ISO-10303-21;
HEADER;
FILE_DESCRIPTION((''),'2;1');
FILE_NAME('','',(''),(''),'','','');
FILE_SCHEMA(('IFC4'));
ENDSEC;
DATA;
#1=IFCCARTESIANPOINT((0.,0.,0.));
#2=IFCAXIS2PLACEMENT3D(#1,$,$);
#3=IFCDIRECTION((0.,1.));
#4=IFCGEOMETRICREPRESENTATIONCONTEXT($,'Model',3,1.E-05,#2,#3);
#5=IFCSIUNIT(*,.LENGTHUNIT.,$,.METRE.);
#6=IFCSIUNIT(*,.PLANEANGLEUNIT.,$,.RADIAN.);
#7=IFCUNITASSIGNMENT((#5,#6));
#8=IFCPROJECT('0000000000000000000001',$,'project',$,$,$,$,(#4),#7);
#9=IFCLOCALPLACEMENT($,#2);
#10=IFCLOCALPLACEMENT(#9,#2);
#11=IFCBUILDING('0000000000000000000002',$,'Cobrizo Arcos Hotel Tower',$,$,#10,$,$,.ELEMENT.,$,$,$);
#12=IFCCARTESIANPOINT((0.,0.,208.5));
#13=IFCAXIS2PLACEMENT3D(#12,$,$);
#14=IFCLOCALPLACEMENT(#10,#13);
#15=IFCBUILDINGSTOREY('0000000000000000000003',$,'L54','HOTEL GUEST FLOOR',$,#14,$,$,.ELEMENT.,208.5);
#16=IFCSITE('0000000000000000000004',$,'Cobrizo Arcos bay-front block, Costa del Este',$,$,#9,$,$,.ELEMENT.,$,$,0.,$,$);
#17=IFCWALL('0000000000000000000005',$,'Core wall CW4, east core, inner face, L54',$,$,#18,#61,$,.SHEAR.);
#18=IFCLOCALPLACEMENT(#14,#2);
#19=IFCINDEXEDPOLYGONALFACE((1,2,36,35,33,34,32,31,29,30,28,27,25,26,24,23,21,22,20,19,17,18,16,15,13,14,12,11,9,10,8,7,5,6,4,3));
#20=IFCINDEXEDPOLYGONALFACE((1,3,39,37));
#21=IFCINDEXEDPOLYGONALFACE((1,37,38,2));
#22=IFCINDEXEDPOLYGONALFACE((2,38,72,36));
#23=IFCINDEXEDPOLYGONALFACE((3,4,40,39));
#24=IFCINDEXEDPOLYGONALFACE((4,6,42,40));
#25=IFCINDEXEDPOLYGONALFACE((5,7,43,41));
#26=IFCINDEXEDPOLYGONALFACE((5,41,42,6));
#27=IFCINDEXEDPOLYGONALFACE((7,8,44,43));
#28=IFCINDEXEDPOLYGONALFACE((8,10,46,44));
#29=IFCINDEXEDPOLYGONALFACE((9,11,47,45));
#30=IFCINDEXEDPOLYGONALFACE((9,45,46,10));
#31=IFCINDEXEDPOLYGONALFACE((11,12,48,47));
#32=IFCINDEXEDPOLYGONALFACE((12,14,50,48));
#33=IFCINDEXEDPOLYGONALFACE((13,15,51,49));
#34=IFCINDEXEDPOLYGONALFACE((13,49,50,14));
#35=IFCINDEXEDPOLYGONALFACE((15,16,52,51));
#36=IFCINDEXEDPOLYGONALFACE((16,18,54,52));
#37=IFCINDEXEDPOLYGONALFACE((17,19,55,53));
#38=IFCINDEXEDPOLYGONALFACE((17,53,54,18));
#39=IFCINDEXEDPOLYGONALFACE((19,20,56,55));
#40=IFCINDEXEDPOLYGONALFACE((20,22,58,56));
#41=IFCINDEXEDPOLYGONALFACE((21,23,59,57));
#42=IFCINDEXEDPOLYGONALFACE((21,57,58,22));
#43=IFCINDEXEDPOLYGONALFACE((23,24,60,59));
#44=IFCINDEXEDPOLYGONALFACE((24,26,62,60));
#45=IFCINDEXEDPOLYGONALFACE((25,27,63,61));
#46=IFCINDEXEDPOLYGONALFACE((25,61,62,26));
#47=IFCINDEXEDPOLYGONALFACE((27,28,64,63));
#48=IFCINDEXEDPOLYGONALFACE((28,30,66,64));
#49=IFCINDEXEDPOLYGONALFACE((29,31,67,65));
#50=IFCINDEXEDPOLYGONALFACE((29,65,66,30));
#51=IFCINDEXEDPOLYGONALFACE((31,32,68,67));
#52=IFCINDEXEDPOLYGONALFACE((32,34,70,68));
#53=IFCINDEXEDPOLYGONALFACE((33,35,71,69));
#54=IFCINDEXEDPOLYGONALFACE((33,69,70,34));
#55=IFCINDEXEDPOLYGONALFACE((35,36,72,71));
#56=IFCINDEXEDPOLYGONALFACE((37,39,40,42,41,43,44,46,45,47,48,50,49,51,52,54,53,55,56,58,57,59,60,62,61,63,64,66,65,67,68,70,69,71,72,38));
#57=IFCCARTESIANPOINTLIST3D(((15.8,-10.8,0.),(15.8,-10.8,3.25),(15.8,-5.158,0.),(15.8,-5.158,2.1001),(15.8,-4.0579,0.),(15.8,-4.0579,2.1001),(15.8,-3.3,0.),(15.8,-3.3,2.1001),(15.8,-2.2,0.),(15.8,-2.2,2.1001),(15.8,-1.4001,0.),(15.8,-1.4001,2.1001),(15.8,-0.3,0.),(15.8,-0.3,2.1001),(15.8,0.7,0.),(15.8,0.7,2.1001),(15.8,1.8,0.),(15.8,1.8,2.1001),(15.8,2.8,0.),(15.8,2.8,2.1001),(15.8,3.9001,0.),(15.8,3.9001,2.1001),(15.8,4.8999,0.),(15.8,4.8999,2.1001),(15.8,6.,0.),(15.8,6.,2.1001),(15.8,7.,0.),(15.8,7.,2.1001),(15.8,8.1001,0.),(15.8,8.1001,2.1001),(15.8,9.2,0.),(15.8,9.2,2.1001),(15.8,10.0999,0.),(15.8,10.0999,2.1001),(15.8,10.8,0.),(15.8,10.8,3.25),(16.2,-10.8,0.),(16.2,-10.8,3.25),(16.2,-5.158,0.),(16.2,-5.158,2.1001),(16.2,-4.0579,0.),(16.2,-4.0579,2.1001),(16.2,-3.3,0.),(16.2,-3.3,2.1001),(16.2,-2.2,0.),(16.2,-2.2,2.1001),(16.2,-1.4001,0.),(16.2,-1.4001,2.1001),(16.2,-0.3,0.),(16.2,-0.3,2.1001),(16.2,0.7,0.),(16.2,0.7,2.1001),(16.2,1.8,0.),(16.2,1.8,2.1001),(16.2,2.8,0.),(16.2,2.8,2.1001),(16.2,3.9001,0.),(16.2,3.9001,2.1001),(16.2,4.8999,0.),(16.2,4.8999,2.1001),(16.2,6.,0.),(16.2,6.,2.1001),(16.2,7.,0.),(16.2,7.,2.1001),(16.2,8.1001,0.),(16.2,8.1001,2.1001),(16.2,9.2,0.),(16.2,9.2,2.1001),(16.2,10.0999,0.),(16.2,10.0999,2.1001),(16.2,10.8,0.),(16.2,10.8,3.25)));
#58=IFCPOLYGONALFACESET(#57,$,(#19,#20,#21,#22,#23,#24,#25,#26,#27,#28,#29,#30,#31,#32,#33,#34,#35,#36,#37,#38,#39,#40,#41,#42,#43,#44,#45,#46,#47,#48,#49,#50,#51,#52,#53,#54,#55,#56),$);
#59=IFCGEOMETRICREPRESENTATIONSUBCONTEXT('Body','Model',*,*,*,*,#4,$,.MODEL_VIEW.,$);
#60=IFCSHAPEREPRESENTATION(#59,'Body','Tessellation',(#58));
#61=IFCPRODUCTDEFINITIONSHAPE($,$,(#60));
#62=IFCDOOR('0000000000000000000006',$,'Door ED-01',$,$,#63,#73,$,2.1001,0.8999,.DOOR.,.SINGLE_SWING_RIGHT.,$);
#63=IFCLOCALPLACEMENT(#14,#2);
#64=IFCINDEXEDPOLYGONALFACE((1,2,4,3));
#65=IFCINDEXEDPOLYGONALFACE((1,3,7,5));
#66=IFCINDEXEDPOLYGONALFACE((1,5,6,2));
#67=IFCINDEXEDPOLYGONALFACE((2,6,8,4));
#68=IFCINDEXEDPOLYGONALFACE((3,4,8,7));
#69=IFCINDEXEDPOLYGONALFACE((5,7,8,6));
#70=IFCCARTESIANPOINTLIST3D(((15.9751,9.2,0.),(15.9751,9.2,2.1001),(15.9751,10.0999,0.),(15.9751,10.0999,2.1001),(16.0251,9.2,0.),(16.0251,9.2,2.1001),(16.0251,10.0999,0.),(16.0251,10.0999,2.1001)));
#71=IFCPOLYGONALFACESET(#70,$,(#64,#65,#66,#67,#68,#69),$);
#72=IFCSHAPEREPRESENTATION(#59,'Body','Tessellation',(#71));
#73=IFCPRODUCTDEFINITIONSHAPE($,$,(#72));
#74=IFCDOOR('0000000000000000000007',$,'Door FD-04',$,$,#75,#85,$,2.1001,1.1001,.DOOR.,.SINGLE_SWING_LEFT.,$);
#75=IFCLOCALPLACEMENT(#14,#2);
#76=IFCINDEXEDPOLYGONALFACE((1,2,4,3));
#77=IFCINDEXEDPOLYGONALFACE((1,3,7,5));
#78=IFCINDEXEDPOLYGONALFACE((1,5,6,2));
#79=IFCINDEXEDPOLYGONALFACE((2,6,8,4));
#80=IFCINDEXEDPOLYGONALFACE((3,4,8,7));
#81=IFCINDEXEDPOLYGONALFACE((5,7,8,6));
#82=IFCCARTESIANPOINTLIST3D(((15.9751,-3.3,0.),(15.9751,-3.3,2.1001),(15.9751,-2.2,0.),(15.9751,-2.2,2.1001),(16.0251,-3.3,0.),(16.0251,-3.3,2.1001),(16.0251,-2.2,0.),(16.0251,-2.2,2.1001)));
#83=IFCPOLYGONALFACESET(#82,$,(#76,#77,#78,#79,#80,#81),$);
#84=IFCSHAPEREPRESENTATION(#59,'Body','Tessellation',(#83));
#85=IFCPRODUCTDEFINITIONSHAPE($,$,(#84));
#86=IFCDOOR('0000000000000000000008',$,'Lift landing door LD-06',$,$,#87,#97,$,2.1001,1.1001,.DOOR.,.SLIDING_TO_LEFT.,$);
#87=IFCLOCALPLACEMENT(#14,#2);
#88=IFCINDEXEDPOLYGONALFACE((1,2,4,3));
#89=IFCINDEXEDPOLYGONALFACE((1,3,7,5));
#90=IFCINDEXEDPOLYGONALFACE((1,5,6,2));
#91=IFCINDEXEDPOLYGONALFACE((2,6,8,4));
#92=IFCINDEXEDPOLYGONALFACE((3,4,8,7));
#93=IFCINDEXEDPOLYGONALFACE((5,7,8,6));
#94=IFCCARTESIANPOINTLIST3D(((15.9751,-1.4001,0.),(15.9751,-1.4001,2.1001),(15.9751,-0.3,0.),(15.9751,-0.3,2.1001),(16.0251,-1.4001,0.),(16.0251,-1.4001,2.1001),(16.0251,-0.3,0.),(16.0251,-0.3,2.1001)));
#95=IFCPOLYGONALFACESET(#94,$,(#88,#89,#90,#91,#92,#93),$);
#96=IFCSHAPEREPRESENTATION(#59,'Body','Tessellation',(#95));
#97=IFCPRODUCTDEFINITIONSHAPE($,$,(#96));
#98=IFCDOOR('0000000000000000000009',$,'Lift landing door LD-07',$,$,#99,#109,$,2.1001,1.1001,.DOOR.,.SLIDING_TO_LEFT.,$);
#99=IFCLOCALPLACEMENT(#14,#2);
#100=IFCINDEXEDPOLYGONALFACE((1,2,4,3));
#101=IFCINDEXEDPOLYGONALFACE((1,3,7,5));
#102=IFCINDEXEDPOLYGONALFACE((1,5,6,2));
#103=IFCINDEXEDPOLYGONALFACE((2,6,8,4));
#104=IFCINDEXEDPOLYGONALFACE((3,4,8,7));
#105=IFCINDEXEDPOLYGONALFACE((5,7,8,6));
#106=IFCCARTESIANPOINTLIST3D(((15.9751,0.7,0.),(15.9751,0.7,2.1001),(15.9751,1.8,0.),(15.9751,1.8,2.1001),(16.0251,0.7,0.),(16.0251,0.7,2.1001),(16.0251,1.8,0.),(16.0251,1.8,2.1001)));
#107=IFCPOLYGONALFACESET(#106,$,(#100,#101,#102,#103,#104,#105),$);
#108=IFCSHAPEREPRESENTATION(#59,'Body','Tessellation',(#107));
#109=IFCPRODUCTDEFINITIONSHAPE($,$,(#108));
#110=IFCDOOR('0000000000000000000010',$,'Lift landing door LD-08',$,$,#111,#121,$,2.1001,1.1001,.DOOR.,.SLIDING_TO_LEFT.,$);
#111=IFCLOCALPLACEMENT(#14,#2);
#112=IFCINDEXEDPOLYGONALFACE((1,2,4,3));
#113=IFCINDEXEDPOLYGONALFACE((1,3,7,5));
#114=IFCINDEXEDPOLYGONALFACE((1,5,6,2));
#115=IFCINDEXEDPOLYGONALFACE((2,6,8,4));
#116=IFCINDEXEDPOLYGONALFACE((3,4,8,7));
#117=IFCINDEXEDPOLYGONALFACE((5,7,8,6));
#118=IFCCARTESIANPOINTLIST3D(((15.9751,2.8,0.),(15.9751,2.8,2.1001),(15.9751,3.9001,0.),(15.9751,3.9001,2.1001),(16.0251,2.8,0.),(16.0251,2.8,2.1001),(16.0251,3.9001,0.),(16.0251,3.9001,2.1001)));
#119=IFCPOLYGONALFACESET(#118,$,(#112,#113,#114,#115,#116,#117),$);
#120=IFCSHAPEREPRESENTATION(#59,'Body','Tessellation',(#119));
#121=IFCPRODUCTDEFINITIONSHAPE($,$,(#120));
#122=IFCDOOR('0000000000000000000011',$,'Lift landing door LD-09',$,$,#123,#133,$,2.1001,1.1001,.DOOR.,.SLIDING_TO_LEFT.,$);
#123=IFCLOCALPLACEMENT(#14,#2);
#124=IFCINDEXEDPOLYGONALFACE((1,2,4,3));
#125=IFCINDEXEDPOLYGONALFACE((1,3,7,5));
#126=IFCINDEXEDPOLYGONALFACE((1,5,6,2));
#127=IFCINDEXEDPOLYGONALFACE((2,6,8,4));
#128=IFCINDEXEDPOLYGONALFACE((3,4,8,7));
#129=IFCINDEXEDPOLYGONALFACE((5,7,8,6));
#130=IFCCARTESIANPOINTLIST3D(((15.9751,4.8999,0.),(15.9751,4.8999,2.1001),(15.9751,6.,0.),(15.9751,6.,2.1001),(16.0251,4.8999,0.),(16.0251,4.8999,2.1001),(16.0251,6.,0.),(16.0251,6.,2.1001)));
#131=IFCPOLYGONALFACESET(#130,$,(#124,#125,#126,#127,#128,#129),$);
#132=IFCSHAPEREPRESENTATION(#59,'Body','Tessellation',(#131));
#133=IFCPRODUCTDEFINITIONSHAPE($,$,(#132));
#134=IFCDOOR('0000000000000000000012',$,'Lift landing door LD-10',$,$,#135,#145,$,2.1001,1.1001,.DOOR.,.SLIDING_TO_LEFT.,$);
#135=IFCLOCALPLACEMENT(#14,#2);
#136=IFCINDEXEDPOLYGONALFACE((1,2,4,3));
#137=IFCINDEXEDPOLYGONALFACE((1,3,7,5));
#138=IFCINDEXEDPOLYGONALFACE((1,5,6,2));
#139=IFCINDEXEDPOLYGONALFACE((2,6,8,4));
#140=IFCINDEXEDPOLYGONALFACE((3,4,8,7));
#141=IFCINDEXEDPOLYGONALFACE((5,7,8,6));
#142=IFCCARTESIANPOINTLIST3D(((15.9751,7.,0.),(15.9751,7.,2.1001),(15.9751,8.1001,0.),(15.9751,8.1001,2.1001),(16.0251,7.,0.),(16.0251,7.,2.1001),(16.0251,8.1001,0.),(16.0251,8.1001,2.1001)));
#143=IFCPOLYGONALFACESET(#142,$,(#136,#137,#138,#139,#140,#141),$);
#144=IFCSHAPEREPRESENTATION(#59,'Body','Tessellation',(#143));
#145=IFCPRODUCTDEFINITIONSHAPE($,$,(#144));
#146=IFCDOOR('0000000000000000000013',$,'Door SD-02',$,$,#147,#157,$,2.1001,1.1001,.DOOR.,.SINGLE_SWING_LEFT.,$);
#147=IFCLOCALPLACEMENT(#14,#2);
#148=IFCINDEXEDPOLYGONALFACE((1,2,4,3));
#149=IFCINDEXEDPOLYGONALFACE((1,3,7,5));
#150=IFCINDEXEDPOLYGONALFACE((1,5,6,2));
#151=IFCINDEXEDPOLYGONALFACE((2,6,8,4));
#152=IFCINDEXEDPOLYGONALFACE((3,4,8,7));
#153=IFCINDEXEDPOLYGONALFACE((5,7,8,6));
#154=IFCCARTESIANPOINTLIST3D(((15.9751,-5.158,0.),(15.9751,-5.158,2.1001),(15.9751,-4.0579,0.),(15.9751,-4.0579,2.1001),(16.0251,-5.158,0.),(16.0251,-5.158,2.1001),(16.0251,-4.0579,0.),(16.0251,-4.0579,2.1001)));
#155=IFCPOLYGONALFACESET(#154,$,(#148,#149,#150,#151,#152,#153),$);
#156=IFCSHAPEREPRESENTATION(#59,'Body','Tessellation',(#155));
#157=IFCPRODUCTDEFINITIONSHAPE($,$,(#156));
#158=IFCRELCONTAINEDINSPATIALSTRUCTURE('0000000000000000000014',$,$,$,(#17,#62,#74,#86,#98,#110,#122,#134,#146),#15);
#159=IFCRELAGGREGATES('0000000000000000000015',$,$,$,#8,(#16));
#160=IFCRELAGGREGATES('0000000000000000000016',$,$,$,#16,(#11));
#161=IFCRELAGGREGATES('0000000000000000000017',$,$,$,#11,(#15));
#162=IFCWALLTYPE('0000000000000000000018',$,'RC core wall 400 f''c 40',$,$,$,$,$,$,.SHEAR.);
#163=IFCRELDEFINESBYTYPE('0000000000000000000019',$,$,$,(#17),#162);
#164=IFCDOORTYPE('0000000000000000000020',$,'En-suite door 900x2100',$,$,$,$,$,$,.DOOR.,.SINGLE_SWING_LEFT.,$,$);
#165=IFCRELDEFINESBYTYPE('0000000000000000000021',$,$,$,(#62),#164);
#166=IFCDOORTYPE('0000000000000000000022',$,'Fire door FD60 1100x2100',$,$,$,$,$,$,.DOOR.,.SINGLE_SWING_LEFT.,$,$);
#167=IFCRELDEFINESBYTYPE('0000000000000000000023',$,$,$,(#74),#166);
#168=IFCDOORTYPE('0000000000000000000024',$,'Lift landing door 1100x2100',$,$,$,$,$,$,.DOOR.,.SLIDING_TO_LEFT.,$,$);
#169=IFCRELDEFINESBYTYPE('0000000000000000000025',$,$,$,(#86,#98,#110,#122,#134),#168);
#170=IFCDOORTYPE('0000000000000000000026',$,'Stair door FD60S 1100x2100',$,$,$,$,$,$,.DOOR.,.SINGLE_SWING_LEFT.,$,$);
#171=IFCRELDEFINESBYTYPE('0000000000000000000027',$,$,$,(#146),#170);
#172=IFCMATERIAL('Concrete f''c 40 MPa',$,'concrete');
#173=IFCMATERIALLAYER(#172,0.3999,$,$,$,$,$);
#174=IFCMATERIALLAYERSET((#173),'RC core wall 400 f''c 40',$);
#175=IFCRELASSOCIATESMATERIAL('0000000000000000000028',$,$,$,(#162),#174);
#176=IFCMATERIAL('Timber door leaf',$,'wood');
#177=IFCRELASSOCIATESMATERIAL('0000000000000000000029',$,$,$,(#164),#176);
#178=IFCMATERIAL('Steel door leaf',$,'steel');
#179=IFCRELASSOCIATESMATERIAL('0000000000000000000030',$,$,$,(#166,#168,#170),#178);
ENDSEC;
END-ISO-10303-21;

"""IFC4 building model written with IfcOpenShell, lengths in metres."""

from ifc_helpers import new_model, si_unit, direction, frame, frame_2d, origin, place, context, subcontext, project, spatial, rectangle, extrude, material, layer, layer_set, type_object, element, fill, save


model = new_model("IFC4")

# Units and contexts
model_context = context("Model", 3, precision=1e-05, world=origin(), true_north=direction((0.0, 1.0)))
body_context = subcontext(model_context, "Body", "Model", "MODEL_VIEW")
ifc_project = project(units=[si_unit("LENGTHUNIT", "METRE"), si_unit("PLANEANGLEUNIT", "RADIAN")], contexts=[model_context])

# Site, building, storey
site_placement = place(None, origin())
site = spatial("IfcSite", under=ifc_project, at=site_placement, Name="Cobrizo Arcos bay-front block, Costa del Este", CompositionType="ELEMENT", RefElevation=0.0)
building_placement = place(site_placement, origin())
building = spatial("IfcBuilding", under=site, at=building_placement, Name="Cobrizo Arcos Hotel Tower", CompositionType="ELEMENT")
storey_placement = place(building_placement, frame((0.0, 0.0, 208.5)))
storey = spatial("IfcBuildingStorey", under=building, at=storey_placement, Name="L54", Description="HOTEL GUEST FLOOR", CompositionType="ELEMENT", Elevation=208.5)

# Wall, openings, doors
ifc_material_1 = material(Name="Concrete f'c 40 MPa", Category="concrete")
ifc_layer_1 = layer(ifc_material_1, 0.3999)
ifc_layer_set_1 = layer_set([ifc_layer_1], Name="RC core wall 400 f'c 40")
wall_type_1 = type_object("IfcWallType", Name="RC core wall 400 f'c 40", PredefinedType="SHEAR", material=ifc_layer_set_1)
wall_1_placement = place(storey_placement, frame((16.0, -10.8, 0.0), z_axis=(0.0, 0.0, 1.0), x_axis=(0.0, 1.0, 0.0)))
wall_1 = element("IfcWall", 1, at=wall_1_placement, inside=storey, type_object=wall_type_1, Name="Core wall CW4, east core, inner face, L54", PredefinedType="SHEAR", context=body_context, shape_type="SweptSolid", body=[
    extrude(rectangle(XDim=21.6001, YDim=0.3999, at=frame_2d((10.8, 0.0))), origin(), (0.0, 0.0, 1.0), 3.25),
])
opening_1_placement = place(wall_1_placement, frame((9.3999, 0.0, 0.0)))
opening_1 = element("IfcOpeningElement", 2, at=opening_1_placement, cuts=wall_1, PredefinedType="OPENING", context=body_context, shape_type="SweptSolid", body=[
    extrude(rectangle(XDim=1.1001, YDim=2.1001, at=frame_2d((0.55, 1.05))), frame((0.0, 0.2119, 0.0), z_axis=(0.0, -1.0, 0.0), x_axis=(1.0, 0.0, 0.0)), (0.0, 0.0, 1.0), 0.4238),
])
opening_2_placement = place(wall_1_placement, frame((11.5, 0.0, 0.0)))
opening_2 = element("IfcOpeningElement", 3, at=opening_2_placement, cuts=wall_1, PredefinedType="OPENING", context=body_context, shape_type="SweptSolid", body=[
    extrude(rectangle(XDim=1.1001, YDim=2.1001, at=frame_2d((0.55, 1.05))), frame((0.0, 0.2119, 0.0), z_axis=(0.0, -1.0, 0.0), x_axis=(1.0, 0.0, 0.0)), (0.0, 0.0, 1.0), 0.4238),
])
opening_3_placement = place(wall_1_placement, frame((13.6001, 0.0, 0.0)))
opening_3 = element("IfcOpeningElement", 4, at=opening_3_placement, cuts=wall_1, PredefinedType="OPENING", context=body_context, shape_type="SweptSolid", body=[
    extrude(rectangle(XDim=1.1001, YDim=2.1001, at=frame_2d((0.55, 1.05))), frame((0.0, 0.2119, 0.0), z_axis=(0.0, -1.0, 0.0), x_axis=(1.0, 0.0, 0.0)), (0.0, 0.0, 1.0), 0.4238),
])
opening_4_placement = place(wall_1_placement, frame((15.7, 0.0, 0.0)))
opening_4 = element("IfcOpeningElement", 5, at=opening_4_placement, cuts=wall_1, PredefinedType="OPENING", context=body_context, shape_type="SweptSolid", body=[
    extrude(rectangle(XDim=1.1001, YDim=2.1001, at=frame_2d((0.55, 1.05))), frame((0.0, 0.2119, 0.0), z_axis=(0.0, -1.0, 0.0), x_axis=(1.0, 0.0, 0.0)), (0.0, 0.0, 1.0), 0.4238),
])
opening_5_placement = place(wall_1_placement, frame((17.8, 0.0, 0.0)))
opening_5 = element("IfcOpeningElement", 6, at=opening_5_placement, cuts=wall_1, PredefinedType="OPENING", context=body_context, shape_type="SweptSolid", body=[
    extrude(rectangle(XDim=1.1001, YDim=2.1001, at=frame_2d((0.55, 1.05))), frame((0.0, 0.2119, 0.0), z_axis=(0.0, -1.0, 0.0), x_axis=(1.0, 0.0, 0.0)), (0.0, 0.0, 1.0), 0.4238),
])
opening_6_placement = place(wall_1_placement, frame((5.6421, 0.0, 0.0)))
opening_6 = element("IfcOpeningElement", 7, at=opening_6_placement, cuts=wall_1, PredefinedType="OPENING", context=body_context, shape_type="SweptSolid", body=[
    extrude(rectangle(XDim=1.1001, YDim=2.1001, at=frame_2d((0.55, 1.05))), frame((0.0, 0.2119, 0.0), z_axis=(0.0, -1.0, 0.0), x_axis=(1.0, 0.0, 0.0)), (0.0, 0.0, 1.0), 0.4238),
])
opening_7_placement = place(wall_1_placement, frame((7.5, 0.0, 0.0)))
opening_7 = element("IfcOpeningElement", 8, at=opening_7_placement, cuts=wall_1, PredefinedType="OPENING", context=body_context, shape_type="SweptSolid", body=[
    extrude(rectangle(XDim=1.1001, YDim=2.1001, at=frame_2d((0.55, 1.05))), frame((0.0, 0.2119, 0.0), z_axis=(0.0, -1.0, 0.0), x_axis=(1.0, 0.0, 0.0)), (0.0, 0.0, 1.0), 0.4238),
])
opening_8_placement = place(wall_1_placement, frame((20.0, 0.0, 0.0)))
opening_8 = element("IfcOpeningElement", 9, at=opening_8_placement, cuts=wall_1, PredefinedType="OPENING", context=body_context, shape_type="SweptSolid", body=[
    extrude(rectangle(XDim=0.8999, YDim=2.1001, at=frame_2d((0.45, 1.05))), frame((0.0, 0.2119, 0.0), z_axis=(0.0, -1.0, 0.0), x_axis=(1.0, 0.0, 0.0)), (0.0, 0.0, 1.0), 0.4238),
])
ifc_material_2 = material(Name="Timber door leaf", Category="wood")
door_type_1 = type_object("IfcDoorType", Name="En-suite door 900x2100", OperationType="SINGLE_SWING_LEFT", PredefinedType="DOOR", material=ifc_material_2)
door_1_placement = place(opening_8_placement, origin())
door_1 = element("IfcDoor", 10, at=door_1_placement, inside=storey, type_object=door_type_1, Name="Door ED-01", OperationType="SINGLE_SWING_RIGHT", OverallHeight=2.1001, OverallWidth=0.8999, PredefinedType="DOOR", context=body_context, shape_type="SweptSolid", body=[
    extrude(rectangle(XDim=0.8999, YDim=2.1001, at=frame_2d((0.45, 1.05))), frame((0.0, 0.0249, 0.0), z_axis=(0.0, -1.0, 0.0), x_axis=(1.0, 0.0, 0.0)), (0.0, 0.0, 1.0), 0.05),
])
fill(opening_8, door_1)
ifc_material_3 = material(Name="Steel door leaf", Category="steel")
door_type_2 = type_object("IfcDoorType", Name="Fire door FD60 1100x2100", OperationType="SINGLE_SWING_LEFT", PredefinedType="DOOR", material=ifc_material_3)
door_2_placement = place(opening_7_placement, origin())
door_2 = element("IfcDoor", 11, at=door_2_placement, inside=storey, type_object=door_type_2, Name="Door FD-04", OperationType="SINGLE_SWING_LEFT", OverallHeight=2.1001, OverallWidth=1.1001, PredefinedType="DOOR", context=body_context, shape_type="SweptSolid", body=[
    extrude(rectangle(XDim=1.1001, YDim=2.1001, at=frame_2d((0.55, 1.05))), frame((0.0, 0.0249, 0.0), z_axis=(0.0, -1.0, 0.0), x_axis=(1.0, 0.0, 0.0)), (0.0, 0.0, 1.0), 0.05),
])
fill(opening_7, door_2)
door_type_3 = type_object("IfcDoorType", Name="Lift landing door 1100x2100", OperationType="SLIDING_TO_LEFT", PredefinedType="DOOR", material=ifc_material_3)
door_3_placement = place(opening_1_placement, origin())
door_3 = element("IfcDoor", 12, at=door_3_placement, inside=storey, type_object=door_type_3, Name="Lift landing door LD-06", OperationType="SLIDING_TO_LEFT", OverallHeight=2.1001, OverallWidth=1.1001, PredefinedType="DOOR", context=body_context, shape_type="SweptSolid", body=[
    extrude(rectangle(XDim=1.1001, YDim=2.1001, at=frame_2d((0.55, 1.05))), frame((0.0, 0.0249, 0.0), z_axis=(0.0, -1.0, 0.0), x_axis=(1.0, 0.0, 0.0)), (0.0, 0.0, 1.0), 0.05),
])
fill(opening_1, door_3)
door_4_placement = place(opening_2_placement, origin())
door_4 = element("IfcDoor", 13, at=door_4_placement, inside=storey, type_object=door_type_3, Name="Lift landing door LD-07", OperationType="SLIDING_TO_LEFT", OverallHeight=2.1001, OverallWidth=1.1001, PredefinedType="DOOR", context=body_context, shape_type="SweptSolid", body=[
    extrude(rectangle(XDim=1.1001, YDim=2.1001, at=frame_2d((0.55, 1.05))), frame((0.0, 0.0249, 0.0), z_axis=(0.0, -1.0, 0.0), x_axis=(1.0, 0.0, 0.0)), (0.0, 0.0, 1.0), 0.05),
])
fill(opening_2, door_4)
door_5_placement = place(opening_3_placement, origin())
door_5 = element("IfcDoor", 14, at=door_5_placement, inside=storey, type_object=door_type_3, Name="Lift landing door LD-08", OperationType="SLIDING_TO_LEFT", OverallHeight=2.1001, OverallWidth=1.1001, PredefinedType="DOOR", context=body_context, shape_type="SweptSolid", body=[
    extrude(rectangle(XDim=1.1001, YDim=2.1001, at=frame_2d((0.55, 1.05))), frame((0.0, 0.0249, 0.0), z_axis=(0.0, -1.0, 0.0), x_axis=(1.0, 0.0, 0.0)), (0.0, 0.0, 1.0), 0.05),
])
fill(opening_3, door_5)
door_6_placement = place(opening_4_placement, origin())
door_6 = element("IfcDoor", 15, at=door_6_placement, inside=storey, type_object=door_type_3, Name="Lift landing door LD-09", OperationType="SLIDING_TO_LEFT", OverallHeight=2.1001, OverallWidth=1.1001, PredefinedType="DOOR", context=body_context, shape_type="SweptSolid", body=[
    extrude(rectangle(XDim=1.1001, YDim=2.1001, at=frame_2d((0.55, 1.05))), frame((0.0, 0.0249, 0.0), z_axis=(0.0, -1.0, 0.0), x_axis=(1.0, 0.0, 0.0)), (0.0, 0.0, 1.0), 0.05),
])
fill(opening_4, door_6)
door_7_placement = place(opening_5_placement, origin())
door_7 = element("IfcDoor", 16, at=door_7_placement, inside=storey, type_object=door_type_3, Name="Lift landing door LD-10", OperationType="SLIDING_TO_LEFT", OverallHeight=2.1001, OverallWidth=1.1001, PredefinedType="DOOR", context=body_context, shape_type="SweptSolid", body=[
    extrude(rectangle(XDim=1.1001, YDim=2.1001, at=frame_2d((0.55, 1.05))), frame((0.0, 0.0249, 0.0), z_axis=(0.0, -1.0, 0.0), x_axis=(1.0, 0.0, 0.0)), (0.0, 0.0, 1.0), 0.05),
])
fill(opening_5, door_7)
door_type_4 = type_object("IfcDoorType", Name="Stair door FD60S 1100x2100", OperationType="SINGLE_SWING_LEFT", PredefinedType="DOOR", material=ifc_material_3)
door_8_placement = place(opening_6_placement, origin())
door_8 = element("IfcDoor", 17, at=door_8_placement, inside=storey, type_object=door_type_4, Name="Door SD-02", OperationType="SINGLE_SWING_LEFT", OverallHeight=2.1001, OverallWidth=1.1001, PredefinedType="DOOR", context=body_context, shape_type="SweptSolid", body=[
    extrude(rectangle(XDim=1.1001, YDim=2.1001, at=frame_2d((0.55, 1.05))), frame((0.0, 0.0249, 0.0), z_axis=(0.0, -1.0, 0.0), x_axis=(1.0, 0.0, 0.0)), (0.0, 0.0, 1.0), 0.05),
])
fill(opening_6, door_8)

save(model, "model.ifc")
